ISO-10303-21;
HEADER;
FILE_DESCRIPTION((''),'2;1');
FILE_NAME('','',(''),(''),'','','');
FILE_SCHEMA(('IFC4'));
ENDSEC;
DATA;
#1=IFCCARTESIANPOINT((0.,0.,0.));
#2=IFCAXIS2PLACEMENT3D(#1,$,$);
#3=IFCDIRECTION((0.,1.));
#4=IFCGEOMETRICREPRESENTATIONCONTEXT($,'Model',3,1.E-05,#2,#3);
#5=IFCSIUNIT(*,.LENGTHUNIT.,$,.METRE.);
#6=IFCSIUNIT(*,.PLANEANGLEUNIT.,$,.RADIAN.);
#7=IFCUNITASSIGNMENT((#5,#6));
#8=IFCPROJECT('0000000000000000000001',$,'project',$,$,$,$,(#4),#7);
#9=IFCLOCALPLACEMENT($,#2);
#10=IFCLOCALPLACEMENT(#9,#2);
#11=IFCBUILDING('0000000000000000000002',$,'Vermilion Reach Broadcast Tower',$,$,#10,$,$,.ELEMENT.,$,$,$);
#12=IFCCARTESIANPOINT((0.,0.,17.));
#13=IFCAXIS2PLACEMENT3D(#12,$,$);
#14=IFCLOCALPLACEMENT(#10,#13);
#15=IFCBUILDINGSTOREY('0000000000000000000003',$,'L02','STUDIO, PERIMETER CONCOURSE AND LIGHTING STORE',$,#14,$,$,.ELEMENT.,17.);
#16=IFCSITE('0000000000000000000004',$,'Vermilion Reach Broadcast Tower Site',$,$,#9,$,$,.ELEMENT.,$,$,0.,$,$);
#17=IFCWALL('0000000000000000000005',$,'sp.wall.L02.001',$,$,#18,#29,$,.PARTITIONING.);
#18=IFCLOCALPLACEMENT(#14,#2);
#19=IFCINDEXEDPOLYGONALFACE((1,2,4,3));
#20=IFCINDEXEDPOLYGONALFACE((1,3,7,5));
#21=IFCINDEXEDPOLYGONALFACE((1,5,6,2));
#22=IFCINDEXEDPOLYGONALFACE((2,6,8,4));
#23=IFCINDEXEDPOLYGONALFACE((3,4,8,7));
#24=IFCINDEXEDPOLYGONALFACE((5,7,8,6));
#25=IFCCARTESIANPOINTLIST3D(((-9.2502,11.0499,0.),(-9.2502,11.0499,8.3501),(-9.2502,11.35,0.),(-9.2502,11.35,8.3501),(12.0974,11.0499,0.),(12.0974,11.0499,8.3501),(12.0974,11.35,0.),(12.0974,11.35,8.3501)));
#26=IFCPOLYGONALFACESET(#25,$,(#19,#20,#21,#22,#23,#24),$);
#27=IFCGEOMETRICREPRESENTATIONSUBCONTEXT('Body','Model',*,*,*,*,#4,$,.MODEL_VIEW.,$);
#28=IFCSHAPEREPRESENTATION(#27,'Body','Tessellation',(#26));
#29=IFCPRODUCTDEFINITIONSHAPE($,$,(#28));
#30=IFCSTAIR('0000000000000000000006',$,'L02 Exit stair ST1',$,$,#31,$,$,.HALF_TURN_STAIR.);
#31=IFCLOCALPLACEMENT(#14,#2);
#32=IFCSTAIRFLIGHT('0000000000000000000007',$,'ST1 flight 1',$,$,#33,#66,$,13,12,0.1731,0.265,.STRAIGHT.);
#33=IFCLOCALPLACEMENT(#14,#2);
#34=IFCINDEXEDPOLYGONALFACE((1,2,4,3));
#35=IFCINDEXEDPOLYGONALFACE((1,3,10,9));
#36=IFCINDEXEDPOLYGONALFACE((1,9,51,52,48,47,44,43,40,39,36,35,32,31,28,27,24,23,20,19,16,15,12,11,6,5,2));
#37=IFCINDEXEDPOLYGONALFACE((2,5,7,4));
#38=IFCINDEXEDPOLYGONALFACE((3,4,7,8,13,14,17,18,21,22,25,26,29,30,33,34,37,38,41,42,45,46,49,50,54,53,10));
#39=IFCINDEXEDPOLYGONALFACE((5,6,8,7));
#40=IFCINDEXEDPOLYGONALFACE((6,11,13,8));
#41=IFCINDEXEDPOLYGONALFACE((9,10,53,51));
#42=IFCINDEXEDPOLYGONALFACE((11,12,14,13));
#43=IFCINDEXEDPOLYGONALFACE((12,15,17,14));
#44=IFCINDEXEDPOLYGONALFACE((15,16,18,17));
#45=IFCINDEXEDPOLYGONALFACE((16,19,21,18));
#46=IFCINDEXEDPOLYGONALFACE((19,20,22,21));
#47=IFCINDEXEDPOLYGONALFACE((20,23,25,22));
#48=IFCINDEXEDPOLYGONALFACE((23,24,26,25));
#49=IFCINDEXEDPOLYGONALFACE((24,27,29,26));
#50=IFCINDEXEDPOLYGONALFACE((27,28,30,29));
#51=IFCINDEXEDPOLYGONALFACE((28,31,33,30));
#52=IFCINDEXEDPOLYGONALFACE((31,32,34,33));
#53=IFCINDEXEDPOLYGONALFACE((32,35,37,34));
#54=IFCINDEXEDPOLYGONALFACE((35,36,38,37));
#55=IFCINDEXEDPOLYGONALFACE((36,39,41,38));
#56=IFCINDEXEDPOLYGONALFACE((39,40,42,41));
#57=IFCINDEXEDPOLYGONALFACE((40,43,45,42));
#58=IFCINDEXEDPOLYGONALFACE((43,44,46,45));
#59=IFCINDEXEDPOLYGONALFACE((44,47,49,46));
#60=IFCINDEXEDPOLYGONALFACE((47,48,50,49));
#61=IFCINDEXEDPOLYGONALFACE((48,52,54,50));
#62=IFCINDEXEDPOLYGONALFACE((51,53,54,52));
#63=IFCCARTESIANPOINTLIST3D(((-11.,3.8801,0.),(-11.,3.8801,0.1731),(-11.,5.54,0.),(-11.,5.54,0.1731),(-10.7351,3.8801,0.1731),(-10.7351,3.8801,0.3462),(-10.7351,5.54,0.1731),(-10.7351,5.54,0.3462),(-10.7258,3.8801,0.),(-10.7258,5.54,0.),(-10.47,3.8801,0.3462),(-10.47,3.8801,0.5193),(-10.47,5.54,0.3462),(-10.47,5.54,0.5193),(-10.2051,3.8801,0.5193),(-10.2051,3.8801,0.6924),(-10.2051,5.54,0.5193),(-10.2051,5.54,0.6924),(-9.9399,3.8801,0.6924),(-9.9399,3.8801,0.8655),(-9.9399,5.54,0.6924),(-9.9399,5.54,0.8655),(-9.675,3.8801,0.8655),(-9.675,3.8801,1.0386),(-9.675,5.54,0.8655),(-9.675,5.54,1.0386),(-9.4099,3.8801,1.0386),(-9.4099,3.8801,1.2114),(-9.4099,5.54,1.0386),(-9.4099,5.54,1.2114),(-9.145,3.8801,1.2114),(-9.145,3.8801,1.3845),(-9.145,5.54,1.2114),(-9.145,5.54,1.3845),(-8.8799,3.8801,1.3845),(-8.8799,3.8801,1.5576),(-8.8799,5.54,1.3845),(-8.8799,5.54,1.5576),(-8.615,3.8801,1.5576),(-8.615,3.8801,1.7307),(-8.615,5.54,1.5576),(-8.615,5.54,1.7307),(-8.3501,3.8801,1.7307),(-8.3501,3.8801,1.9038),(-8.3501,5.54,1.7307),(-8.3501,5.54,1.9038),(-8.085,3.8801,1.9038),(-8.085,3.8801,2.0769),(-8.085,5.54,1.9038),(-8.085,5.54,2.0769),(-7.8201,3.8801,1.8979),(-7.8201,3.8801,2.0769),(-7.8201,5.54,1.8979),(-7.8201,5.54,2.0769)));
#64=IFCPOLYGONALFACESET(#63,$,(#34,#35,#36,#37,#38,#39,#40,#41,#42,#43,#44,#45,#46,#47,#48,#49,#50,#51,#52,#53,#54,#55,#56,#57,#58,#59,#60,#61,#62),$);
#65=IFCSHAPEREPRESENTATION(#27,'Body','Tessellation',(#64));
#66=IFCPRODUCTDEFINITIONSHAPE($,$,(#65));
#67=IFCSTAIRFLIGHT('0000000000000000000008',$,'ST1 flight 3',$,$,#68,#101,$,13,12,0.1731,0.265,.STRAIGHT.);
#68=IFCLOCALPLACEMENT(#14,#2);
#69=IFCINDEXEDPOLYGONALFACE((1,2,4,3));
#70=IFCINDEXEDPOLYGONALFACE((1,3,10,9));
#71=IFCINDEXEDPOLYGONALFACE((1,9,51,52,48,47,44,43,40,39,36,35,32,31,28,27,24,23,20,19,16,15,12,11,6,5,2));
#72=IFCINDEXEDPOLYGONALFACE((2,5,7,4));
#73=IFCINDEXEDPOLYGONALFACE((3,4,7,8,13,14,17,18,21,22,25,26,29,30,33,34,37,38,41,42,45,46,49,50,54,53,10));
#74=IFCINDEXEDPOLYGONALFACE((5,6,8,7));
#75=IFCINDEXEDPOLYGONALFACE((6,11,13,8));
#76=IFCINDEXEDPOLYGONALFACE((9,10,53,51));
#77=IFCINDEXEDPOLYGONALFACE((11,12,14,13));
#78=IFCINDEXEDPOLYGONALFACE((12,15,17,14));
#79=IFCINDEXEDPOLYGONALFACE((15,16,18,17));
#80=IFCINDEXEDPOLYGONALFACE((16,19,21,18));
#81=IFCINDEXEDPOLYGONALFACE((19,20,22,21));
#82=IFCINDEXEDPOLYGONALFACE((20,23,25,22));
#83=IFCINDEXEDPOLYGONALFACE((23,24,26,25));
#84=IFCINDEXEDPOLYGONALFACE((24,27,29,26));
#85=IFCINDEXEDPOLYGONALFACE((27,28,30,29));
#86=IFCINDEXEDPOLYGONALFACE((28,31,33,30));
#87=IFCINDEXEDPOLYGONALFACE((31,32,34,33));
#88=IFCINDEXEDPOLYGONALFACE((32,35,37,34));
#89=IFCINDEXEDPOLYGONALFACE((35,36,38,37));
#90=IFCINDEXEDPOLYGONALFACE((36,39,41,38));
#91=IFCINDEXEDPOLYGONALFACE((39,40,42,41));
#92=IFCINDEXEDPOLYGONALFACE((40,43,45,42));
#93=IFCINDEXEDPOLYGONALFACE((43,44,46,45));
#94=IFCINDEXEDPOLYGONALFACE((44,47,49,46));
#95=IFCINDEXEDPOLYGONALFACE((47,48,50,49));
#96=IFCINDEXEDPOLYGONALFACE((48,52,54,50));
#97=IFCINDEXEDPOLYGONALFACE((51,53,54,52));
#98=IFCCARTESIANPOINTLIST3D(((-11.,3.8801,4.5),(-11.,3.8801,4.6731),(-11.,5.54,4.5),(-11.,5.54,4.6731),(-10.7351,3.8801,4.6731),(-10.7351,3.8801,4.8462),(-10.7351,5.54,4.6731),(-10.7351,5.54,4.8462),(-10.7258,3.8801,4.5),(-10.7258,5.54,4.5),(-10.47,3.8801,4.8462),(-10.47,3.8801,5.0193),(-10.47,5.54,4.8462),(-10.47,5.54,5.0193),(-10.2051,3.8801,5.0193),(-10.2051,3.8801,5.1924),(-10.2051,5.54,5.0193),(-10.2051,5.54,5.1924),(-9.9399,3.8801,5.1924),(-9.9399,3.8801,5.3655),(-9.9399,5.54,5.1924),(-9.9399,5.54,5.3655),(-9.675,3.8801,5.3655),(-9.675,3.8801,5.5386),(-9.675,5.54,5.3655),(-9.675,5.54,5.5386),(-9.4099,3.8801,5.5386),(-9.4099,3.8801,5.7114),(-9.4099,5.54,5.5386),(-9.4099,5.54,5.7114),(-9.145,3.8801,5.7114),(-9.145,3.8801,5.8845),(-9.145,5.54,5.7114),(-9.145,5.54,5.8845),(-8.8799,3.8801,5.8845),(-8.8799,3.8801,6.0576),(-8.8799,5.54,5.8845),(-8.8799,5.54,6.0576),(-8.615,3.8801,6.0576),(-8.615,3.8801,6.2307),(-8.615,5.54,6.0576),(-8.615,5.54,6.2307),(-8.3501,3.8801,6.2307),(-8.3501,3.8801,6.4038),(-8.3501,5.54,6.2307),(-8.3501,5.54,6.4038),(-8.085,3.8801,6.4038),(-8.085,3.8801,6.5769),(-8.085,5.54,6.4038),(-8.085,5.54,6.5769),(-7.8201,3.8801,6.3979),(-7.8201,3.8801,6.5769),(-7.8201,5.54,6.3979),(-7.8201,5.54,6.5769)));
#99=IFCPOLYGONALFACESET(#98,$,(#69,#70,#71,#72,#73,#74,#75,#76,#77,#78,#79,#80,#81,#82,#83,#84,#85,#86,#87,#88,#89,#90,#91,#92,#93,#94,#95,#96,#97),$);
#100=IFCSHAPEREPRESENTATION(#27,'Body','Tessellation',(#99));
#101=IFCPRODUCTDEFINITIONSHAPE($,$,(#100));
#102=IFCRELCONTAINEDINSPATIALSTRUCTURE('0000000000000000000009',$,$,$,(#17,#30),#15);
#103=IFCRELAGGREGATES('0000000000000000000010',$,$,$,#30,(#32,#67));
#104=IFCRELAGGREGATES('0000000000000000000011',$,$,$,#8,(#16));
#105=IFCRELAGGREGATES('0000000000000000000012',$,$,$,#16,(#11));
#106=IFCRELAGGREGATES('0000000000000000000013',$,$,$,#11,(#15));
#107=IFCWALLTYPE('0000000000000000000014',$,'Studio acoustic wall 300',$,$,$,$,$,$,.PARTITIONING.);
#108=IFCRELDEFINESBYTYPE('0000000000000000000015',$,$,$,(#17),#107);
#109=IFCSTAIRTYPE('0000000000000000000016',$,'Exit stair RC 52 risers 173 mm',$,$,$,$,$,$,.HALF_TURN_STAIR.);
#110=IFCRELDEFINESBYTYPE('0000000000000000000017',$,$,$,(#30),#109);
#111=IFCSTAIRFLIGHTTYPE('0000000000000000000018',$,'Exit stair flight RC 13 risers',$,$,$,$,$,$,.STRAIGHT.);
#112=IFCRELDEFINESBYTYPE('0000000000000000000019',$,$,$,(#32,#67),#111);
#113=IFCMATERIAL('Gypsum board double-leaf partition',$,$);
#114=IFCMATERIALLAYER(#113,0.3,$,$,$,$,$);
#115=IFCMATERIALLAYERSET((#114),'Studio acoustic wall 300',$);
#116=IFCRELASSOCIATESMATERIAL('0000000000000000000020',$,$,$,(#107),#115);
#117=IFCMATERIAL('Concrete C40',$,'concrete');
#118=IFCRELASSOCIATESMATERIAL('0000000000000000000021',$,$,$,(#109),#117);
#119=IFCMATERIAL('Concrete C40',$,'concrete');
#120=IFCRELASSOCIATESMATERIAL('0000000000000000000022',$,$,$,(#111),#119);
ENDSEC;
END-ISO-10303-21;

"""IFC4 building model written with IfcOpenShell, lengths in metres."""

from ifc_helpers import new_model, si_unit, direction, frame, frame_2d, origin, place, context, subcontext, project, spatial, polyline, rectangle, outline, extrude, material, layer, layer_set, type_object, element, aggregate, save


model = new_model("IFC4")

# Units and contexts
model_context = context("Model", 3, precision=1e-05, world=origin(), true_north=direction((0.0, 1.0)))
body_context = subcontext(model_context, "Body", "Model", "MODEL_VIEW")
ifc_project = project(units=[si_unit("LENGTHUNIT", "METRE"), si_unit("PLANEANGLEUNIT", "RADIAN")], contexts=[model_context])

# Site, building, storey
site_placement = place(None, origin())
site = spatial("IfcSite", under=ifc_project, at=site_placement, Name="Vermilion Reach Broadcast Tower Site", CompositionType="ELEMENT", RefElevation=0.0)
building_placement = place(site_placement, origin())
building = spatial("IfcBuilding", under=site, at=building_placement, Name="Vermilion Reach Broadcast Tower", CompositionType="ELEMENT")
storey_placement = place(building_placement, frame((0.0, 0.0, 17.0)))
storey = spatial("IfcBuildingStorey", under=building, at=storey_placement, Name="L02", Description="STUDIO, PERIMETER CONCOURSE AND LIGHTING STORE", CompositionType="ELEMENT", Elevation=17.0)

# Wall
ifc_material_1 = material(Name="Gypsum board double-leaf partition")
ifc_layer_1 = layer(ifc_material_1, 0.3)
ifc_layer_set_1 = layer_set([ifc_layer_1], Name="Studio acoustic wall 300")
wall_type_1 = type_object("IfcWallType", Name="Studio acoustic wall 300", PredefinedType="PARTITIONING", material=ifc_layer_set_1)
wall_1_placement = place(storey_placement, frame((-9.2502, 11.2, 0.0), z_axis=(0.0, 0.0, 1.0), x_axis=(1.0, 0.0, 0.0)))
element("IfcWall", 1, at=wall_1_placement, inside=storey, type_object=wall_type_1, Name="sp.wall.L02.001", PredefinedType="PARTITIONING", context=body_context, shape_type="SweptSolid", body=[
    extrude(rectangle(XDim=21.3477, YDim=0.3, at=frame_2d((10.6738, 0.0))), origin(), (0.0, 0.0, 1.0), 8.3501),
])

# Stair, stair flights
ifc_material_2 = material(Name="Concrete C40", Category="concrete")
stair_type = type_object("IfcStairType", Name="Exit stair RC 52 risers 173 mm", PredefinedType="HALF_TURN_STAIR", material=ifc_material_2)
stair_placement = place(storey_placement, origin())
stair = element("IfcStair", 2, at=stair_placement, inside=storey, type_object=stair_type, Name="L02 Exit stair ST1", PredefinedType="HALF_TURN_STAIR")
ifc_material_3 = material(Name="Concrete C40", Category="concrete")
stair_flight_type = type_object("IfcStairFlightType", Name="Exit stair flight RC 13 risers", PredefinedType="STRAIGHT", material=ifc_material_3)
stair_flight_1_placement = place(storey_placement, frame((-11.0, 4.71, 0.0), z_axis=(0.0, 0.0, 1.0), x_axis=(1.0, 0.0, 0.0)))
stair_flight_1 = element("IfcStairFlight", 3, at=stair_flight_1_placement, type_object=stair_flight_type, Name="ST1 flight 1", NumberOfRisers=13, NumberOfTreads=12, PredefinedType="STRAIGHT", RiserHeight=0.1731, TreadLength=0.265, context=body_context, shape_type="SweptSolid", body=[
    extrude(outline(polyline([(0.0, 0.0), (0.0, 0.1731), (0.2649, 0.1731), (0.2649, 0.3462), (0.53, 0.3462), (0.53, 0.5193), (0.7949, 0.5193), (0.7949, 0.6924), (1.0601, 0.6924), (1.0601, 0.8655), (1.325, 0.8655), (1.325, 1.0386), (1.5901, 1.0386), (1.5901, 1.2114), (1.855, 1.2114), (1.855, 1.3845), (2.1201, 1.3845), (2.1201, 1.5576), (2.385, 1.5576), (2.385, 1.7307), (2.6499, 1.7307), (2.6499, 1.9038), (2.915, 1.9038), (2.915, 2.0769), (3.1799, 2.0769), (3.1799, 2.25), (3.1799, 1.8979), (0.2742, 0.0), (0.0, 0.0)])), frame((0.0, 0.8301, 0.0), z_axis=(0.0, -1.0, 0.0), x_axis=(1.0, 0.0, 0.0)), (0.0, 0.0, 1.0), 1.6599),
])
stair_flight_2_placement = place(storey_placement, frame((-11.0, 4.71, 4.5), z_axis=(0.0, 0.0, 1.0), x_axis=(1.0, 0.0, 0.0)))
stair_flight_2 = element("IfcStairFlight", 4, at=stair_flight_2_placement, type_object=stair_flight_type, Name="ST1 flight 3", NumberOfRisers=13, NumberOfTreads=12, PredefinedType="STRAIGHT", RiserHeight=0.1731, TreadLength=0.265, context=body_context, shape_type="SweptSolid", body=[
    extrude(outline(polyline([(0.0, 0.0), (0.0, 0.1731), (0.2649, 0.1731), (0.2649, 0.3462), (0.53, 0.3462), (0.53, 0.5193), (0.7949, 0.5193), (0.7949, 0.6924), (1.0601, 0.6924), (1.0601, 0.8655), (1.325, 0.8655), (1.325, 1.0386), (1.5901, 1.0386), (1.5901, 1.2114), (1.855, 1.2114), (1.855, 1.3845), (2.1201, 1.3845), (2.1201, 1.5576), (2.385, 1.5576), (2.385, 1.7307), (2.6499, 1.7307), (2.6499, 1.9038), (2.915, 1.9038), (2.915, 2.0769), (3.1799, 2.0769), (3.1799, 2.25), (3.1799, 1.8979), (0.2742, 0.0), (0.0, 0.0)])), frame((0.0, 0.8301, 0.0), z_axis=(0.0, -1.0, 0.0), x_axis=(1.0, 0.0, 0.0)), (0.0, 0.0, 1.0), 1.6599),
])
aggregate(stair, [stair_flight_1, stair_flight_2])

save(model, "model.ifc")
